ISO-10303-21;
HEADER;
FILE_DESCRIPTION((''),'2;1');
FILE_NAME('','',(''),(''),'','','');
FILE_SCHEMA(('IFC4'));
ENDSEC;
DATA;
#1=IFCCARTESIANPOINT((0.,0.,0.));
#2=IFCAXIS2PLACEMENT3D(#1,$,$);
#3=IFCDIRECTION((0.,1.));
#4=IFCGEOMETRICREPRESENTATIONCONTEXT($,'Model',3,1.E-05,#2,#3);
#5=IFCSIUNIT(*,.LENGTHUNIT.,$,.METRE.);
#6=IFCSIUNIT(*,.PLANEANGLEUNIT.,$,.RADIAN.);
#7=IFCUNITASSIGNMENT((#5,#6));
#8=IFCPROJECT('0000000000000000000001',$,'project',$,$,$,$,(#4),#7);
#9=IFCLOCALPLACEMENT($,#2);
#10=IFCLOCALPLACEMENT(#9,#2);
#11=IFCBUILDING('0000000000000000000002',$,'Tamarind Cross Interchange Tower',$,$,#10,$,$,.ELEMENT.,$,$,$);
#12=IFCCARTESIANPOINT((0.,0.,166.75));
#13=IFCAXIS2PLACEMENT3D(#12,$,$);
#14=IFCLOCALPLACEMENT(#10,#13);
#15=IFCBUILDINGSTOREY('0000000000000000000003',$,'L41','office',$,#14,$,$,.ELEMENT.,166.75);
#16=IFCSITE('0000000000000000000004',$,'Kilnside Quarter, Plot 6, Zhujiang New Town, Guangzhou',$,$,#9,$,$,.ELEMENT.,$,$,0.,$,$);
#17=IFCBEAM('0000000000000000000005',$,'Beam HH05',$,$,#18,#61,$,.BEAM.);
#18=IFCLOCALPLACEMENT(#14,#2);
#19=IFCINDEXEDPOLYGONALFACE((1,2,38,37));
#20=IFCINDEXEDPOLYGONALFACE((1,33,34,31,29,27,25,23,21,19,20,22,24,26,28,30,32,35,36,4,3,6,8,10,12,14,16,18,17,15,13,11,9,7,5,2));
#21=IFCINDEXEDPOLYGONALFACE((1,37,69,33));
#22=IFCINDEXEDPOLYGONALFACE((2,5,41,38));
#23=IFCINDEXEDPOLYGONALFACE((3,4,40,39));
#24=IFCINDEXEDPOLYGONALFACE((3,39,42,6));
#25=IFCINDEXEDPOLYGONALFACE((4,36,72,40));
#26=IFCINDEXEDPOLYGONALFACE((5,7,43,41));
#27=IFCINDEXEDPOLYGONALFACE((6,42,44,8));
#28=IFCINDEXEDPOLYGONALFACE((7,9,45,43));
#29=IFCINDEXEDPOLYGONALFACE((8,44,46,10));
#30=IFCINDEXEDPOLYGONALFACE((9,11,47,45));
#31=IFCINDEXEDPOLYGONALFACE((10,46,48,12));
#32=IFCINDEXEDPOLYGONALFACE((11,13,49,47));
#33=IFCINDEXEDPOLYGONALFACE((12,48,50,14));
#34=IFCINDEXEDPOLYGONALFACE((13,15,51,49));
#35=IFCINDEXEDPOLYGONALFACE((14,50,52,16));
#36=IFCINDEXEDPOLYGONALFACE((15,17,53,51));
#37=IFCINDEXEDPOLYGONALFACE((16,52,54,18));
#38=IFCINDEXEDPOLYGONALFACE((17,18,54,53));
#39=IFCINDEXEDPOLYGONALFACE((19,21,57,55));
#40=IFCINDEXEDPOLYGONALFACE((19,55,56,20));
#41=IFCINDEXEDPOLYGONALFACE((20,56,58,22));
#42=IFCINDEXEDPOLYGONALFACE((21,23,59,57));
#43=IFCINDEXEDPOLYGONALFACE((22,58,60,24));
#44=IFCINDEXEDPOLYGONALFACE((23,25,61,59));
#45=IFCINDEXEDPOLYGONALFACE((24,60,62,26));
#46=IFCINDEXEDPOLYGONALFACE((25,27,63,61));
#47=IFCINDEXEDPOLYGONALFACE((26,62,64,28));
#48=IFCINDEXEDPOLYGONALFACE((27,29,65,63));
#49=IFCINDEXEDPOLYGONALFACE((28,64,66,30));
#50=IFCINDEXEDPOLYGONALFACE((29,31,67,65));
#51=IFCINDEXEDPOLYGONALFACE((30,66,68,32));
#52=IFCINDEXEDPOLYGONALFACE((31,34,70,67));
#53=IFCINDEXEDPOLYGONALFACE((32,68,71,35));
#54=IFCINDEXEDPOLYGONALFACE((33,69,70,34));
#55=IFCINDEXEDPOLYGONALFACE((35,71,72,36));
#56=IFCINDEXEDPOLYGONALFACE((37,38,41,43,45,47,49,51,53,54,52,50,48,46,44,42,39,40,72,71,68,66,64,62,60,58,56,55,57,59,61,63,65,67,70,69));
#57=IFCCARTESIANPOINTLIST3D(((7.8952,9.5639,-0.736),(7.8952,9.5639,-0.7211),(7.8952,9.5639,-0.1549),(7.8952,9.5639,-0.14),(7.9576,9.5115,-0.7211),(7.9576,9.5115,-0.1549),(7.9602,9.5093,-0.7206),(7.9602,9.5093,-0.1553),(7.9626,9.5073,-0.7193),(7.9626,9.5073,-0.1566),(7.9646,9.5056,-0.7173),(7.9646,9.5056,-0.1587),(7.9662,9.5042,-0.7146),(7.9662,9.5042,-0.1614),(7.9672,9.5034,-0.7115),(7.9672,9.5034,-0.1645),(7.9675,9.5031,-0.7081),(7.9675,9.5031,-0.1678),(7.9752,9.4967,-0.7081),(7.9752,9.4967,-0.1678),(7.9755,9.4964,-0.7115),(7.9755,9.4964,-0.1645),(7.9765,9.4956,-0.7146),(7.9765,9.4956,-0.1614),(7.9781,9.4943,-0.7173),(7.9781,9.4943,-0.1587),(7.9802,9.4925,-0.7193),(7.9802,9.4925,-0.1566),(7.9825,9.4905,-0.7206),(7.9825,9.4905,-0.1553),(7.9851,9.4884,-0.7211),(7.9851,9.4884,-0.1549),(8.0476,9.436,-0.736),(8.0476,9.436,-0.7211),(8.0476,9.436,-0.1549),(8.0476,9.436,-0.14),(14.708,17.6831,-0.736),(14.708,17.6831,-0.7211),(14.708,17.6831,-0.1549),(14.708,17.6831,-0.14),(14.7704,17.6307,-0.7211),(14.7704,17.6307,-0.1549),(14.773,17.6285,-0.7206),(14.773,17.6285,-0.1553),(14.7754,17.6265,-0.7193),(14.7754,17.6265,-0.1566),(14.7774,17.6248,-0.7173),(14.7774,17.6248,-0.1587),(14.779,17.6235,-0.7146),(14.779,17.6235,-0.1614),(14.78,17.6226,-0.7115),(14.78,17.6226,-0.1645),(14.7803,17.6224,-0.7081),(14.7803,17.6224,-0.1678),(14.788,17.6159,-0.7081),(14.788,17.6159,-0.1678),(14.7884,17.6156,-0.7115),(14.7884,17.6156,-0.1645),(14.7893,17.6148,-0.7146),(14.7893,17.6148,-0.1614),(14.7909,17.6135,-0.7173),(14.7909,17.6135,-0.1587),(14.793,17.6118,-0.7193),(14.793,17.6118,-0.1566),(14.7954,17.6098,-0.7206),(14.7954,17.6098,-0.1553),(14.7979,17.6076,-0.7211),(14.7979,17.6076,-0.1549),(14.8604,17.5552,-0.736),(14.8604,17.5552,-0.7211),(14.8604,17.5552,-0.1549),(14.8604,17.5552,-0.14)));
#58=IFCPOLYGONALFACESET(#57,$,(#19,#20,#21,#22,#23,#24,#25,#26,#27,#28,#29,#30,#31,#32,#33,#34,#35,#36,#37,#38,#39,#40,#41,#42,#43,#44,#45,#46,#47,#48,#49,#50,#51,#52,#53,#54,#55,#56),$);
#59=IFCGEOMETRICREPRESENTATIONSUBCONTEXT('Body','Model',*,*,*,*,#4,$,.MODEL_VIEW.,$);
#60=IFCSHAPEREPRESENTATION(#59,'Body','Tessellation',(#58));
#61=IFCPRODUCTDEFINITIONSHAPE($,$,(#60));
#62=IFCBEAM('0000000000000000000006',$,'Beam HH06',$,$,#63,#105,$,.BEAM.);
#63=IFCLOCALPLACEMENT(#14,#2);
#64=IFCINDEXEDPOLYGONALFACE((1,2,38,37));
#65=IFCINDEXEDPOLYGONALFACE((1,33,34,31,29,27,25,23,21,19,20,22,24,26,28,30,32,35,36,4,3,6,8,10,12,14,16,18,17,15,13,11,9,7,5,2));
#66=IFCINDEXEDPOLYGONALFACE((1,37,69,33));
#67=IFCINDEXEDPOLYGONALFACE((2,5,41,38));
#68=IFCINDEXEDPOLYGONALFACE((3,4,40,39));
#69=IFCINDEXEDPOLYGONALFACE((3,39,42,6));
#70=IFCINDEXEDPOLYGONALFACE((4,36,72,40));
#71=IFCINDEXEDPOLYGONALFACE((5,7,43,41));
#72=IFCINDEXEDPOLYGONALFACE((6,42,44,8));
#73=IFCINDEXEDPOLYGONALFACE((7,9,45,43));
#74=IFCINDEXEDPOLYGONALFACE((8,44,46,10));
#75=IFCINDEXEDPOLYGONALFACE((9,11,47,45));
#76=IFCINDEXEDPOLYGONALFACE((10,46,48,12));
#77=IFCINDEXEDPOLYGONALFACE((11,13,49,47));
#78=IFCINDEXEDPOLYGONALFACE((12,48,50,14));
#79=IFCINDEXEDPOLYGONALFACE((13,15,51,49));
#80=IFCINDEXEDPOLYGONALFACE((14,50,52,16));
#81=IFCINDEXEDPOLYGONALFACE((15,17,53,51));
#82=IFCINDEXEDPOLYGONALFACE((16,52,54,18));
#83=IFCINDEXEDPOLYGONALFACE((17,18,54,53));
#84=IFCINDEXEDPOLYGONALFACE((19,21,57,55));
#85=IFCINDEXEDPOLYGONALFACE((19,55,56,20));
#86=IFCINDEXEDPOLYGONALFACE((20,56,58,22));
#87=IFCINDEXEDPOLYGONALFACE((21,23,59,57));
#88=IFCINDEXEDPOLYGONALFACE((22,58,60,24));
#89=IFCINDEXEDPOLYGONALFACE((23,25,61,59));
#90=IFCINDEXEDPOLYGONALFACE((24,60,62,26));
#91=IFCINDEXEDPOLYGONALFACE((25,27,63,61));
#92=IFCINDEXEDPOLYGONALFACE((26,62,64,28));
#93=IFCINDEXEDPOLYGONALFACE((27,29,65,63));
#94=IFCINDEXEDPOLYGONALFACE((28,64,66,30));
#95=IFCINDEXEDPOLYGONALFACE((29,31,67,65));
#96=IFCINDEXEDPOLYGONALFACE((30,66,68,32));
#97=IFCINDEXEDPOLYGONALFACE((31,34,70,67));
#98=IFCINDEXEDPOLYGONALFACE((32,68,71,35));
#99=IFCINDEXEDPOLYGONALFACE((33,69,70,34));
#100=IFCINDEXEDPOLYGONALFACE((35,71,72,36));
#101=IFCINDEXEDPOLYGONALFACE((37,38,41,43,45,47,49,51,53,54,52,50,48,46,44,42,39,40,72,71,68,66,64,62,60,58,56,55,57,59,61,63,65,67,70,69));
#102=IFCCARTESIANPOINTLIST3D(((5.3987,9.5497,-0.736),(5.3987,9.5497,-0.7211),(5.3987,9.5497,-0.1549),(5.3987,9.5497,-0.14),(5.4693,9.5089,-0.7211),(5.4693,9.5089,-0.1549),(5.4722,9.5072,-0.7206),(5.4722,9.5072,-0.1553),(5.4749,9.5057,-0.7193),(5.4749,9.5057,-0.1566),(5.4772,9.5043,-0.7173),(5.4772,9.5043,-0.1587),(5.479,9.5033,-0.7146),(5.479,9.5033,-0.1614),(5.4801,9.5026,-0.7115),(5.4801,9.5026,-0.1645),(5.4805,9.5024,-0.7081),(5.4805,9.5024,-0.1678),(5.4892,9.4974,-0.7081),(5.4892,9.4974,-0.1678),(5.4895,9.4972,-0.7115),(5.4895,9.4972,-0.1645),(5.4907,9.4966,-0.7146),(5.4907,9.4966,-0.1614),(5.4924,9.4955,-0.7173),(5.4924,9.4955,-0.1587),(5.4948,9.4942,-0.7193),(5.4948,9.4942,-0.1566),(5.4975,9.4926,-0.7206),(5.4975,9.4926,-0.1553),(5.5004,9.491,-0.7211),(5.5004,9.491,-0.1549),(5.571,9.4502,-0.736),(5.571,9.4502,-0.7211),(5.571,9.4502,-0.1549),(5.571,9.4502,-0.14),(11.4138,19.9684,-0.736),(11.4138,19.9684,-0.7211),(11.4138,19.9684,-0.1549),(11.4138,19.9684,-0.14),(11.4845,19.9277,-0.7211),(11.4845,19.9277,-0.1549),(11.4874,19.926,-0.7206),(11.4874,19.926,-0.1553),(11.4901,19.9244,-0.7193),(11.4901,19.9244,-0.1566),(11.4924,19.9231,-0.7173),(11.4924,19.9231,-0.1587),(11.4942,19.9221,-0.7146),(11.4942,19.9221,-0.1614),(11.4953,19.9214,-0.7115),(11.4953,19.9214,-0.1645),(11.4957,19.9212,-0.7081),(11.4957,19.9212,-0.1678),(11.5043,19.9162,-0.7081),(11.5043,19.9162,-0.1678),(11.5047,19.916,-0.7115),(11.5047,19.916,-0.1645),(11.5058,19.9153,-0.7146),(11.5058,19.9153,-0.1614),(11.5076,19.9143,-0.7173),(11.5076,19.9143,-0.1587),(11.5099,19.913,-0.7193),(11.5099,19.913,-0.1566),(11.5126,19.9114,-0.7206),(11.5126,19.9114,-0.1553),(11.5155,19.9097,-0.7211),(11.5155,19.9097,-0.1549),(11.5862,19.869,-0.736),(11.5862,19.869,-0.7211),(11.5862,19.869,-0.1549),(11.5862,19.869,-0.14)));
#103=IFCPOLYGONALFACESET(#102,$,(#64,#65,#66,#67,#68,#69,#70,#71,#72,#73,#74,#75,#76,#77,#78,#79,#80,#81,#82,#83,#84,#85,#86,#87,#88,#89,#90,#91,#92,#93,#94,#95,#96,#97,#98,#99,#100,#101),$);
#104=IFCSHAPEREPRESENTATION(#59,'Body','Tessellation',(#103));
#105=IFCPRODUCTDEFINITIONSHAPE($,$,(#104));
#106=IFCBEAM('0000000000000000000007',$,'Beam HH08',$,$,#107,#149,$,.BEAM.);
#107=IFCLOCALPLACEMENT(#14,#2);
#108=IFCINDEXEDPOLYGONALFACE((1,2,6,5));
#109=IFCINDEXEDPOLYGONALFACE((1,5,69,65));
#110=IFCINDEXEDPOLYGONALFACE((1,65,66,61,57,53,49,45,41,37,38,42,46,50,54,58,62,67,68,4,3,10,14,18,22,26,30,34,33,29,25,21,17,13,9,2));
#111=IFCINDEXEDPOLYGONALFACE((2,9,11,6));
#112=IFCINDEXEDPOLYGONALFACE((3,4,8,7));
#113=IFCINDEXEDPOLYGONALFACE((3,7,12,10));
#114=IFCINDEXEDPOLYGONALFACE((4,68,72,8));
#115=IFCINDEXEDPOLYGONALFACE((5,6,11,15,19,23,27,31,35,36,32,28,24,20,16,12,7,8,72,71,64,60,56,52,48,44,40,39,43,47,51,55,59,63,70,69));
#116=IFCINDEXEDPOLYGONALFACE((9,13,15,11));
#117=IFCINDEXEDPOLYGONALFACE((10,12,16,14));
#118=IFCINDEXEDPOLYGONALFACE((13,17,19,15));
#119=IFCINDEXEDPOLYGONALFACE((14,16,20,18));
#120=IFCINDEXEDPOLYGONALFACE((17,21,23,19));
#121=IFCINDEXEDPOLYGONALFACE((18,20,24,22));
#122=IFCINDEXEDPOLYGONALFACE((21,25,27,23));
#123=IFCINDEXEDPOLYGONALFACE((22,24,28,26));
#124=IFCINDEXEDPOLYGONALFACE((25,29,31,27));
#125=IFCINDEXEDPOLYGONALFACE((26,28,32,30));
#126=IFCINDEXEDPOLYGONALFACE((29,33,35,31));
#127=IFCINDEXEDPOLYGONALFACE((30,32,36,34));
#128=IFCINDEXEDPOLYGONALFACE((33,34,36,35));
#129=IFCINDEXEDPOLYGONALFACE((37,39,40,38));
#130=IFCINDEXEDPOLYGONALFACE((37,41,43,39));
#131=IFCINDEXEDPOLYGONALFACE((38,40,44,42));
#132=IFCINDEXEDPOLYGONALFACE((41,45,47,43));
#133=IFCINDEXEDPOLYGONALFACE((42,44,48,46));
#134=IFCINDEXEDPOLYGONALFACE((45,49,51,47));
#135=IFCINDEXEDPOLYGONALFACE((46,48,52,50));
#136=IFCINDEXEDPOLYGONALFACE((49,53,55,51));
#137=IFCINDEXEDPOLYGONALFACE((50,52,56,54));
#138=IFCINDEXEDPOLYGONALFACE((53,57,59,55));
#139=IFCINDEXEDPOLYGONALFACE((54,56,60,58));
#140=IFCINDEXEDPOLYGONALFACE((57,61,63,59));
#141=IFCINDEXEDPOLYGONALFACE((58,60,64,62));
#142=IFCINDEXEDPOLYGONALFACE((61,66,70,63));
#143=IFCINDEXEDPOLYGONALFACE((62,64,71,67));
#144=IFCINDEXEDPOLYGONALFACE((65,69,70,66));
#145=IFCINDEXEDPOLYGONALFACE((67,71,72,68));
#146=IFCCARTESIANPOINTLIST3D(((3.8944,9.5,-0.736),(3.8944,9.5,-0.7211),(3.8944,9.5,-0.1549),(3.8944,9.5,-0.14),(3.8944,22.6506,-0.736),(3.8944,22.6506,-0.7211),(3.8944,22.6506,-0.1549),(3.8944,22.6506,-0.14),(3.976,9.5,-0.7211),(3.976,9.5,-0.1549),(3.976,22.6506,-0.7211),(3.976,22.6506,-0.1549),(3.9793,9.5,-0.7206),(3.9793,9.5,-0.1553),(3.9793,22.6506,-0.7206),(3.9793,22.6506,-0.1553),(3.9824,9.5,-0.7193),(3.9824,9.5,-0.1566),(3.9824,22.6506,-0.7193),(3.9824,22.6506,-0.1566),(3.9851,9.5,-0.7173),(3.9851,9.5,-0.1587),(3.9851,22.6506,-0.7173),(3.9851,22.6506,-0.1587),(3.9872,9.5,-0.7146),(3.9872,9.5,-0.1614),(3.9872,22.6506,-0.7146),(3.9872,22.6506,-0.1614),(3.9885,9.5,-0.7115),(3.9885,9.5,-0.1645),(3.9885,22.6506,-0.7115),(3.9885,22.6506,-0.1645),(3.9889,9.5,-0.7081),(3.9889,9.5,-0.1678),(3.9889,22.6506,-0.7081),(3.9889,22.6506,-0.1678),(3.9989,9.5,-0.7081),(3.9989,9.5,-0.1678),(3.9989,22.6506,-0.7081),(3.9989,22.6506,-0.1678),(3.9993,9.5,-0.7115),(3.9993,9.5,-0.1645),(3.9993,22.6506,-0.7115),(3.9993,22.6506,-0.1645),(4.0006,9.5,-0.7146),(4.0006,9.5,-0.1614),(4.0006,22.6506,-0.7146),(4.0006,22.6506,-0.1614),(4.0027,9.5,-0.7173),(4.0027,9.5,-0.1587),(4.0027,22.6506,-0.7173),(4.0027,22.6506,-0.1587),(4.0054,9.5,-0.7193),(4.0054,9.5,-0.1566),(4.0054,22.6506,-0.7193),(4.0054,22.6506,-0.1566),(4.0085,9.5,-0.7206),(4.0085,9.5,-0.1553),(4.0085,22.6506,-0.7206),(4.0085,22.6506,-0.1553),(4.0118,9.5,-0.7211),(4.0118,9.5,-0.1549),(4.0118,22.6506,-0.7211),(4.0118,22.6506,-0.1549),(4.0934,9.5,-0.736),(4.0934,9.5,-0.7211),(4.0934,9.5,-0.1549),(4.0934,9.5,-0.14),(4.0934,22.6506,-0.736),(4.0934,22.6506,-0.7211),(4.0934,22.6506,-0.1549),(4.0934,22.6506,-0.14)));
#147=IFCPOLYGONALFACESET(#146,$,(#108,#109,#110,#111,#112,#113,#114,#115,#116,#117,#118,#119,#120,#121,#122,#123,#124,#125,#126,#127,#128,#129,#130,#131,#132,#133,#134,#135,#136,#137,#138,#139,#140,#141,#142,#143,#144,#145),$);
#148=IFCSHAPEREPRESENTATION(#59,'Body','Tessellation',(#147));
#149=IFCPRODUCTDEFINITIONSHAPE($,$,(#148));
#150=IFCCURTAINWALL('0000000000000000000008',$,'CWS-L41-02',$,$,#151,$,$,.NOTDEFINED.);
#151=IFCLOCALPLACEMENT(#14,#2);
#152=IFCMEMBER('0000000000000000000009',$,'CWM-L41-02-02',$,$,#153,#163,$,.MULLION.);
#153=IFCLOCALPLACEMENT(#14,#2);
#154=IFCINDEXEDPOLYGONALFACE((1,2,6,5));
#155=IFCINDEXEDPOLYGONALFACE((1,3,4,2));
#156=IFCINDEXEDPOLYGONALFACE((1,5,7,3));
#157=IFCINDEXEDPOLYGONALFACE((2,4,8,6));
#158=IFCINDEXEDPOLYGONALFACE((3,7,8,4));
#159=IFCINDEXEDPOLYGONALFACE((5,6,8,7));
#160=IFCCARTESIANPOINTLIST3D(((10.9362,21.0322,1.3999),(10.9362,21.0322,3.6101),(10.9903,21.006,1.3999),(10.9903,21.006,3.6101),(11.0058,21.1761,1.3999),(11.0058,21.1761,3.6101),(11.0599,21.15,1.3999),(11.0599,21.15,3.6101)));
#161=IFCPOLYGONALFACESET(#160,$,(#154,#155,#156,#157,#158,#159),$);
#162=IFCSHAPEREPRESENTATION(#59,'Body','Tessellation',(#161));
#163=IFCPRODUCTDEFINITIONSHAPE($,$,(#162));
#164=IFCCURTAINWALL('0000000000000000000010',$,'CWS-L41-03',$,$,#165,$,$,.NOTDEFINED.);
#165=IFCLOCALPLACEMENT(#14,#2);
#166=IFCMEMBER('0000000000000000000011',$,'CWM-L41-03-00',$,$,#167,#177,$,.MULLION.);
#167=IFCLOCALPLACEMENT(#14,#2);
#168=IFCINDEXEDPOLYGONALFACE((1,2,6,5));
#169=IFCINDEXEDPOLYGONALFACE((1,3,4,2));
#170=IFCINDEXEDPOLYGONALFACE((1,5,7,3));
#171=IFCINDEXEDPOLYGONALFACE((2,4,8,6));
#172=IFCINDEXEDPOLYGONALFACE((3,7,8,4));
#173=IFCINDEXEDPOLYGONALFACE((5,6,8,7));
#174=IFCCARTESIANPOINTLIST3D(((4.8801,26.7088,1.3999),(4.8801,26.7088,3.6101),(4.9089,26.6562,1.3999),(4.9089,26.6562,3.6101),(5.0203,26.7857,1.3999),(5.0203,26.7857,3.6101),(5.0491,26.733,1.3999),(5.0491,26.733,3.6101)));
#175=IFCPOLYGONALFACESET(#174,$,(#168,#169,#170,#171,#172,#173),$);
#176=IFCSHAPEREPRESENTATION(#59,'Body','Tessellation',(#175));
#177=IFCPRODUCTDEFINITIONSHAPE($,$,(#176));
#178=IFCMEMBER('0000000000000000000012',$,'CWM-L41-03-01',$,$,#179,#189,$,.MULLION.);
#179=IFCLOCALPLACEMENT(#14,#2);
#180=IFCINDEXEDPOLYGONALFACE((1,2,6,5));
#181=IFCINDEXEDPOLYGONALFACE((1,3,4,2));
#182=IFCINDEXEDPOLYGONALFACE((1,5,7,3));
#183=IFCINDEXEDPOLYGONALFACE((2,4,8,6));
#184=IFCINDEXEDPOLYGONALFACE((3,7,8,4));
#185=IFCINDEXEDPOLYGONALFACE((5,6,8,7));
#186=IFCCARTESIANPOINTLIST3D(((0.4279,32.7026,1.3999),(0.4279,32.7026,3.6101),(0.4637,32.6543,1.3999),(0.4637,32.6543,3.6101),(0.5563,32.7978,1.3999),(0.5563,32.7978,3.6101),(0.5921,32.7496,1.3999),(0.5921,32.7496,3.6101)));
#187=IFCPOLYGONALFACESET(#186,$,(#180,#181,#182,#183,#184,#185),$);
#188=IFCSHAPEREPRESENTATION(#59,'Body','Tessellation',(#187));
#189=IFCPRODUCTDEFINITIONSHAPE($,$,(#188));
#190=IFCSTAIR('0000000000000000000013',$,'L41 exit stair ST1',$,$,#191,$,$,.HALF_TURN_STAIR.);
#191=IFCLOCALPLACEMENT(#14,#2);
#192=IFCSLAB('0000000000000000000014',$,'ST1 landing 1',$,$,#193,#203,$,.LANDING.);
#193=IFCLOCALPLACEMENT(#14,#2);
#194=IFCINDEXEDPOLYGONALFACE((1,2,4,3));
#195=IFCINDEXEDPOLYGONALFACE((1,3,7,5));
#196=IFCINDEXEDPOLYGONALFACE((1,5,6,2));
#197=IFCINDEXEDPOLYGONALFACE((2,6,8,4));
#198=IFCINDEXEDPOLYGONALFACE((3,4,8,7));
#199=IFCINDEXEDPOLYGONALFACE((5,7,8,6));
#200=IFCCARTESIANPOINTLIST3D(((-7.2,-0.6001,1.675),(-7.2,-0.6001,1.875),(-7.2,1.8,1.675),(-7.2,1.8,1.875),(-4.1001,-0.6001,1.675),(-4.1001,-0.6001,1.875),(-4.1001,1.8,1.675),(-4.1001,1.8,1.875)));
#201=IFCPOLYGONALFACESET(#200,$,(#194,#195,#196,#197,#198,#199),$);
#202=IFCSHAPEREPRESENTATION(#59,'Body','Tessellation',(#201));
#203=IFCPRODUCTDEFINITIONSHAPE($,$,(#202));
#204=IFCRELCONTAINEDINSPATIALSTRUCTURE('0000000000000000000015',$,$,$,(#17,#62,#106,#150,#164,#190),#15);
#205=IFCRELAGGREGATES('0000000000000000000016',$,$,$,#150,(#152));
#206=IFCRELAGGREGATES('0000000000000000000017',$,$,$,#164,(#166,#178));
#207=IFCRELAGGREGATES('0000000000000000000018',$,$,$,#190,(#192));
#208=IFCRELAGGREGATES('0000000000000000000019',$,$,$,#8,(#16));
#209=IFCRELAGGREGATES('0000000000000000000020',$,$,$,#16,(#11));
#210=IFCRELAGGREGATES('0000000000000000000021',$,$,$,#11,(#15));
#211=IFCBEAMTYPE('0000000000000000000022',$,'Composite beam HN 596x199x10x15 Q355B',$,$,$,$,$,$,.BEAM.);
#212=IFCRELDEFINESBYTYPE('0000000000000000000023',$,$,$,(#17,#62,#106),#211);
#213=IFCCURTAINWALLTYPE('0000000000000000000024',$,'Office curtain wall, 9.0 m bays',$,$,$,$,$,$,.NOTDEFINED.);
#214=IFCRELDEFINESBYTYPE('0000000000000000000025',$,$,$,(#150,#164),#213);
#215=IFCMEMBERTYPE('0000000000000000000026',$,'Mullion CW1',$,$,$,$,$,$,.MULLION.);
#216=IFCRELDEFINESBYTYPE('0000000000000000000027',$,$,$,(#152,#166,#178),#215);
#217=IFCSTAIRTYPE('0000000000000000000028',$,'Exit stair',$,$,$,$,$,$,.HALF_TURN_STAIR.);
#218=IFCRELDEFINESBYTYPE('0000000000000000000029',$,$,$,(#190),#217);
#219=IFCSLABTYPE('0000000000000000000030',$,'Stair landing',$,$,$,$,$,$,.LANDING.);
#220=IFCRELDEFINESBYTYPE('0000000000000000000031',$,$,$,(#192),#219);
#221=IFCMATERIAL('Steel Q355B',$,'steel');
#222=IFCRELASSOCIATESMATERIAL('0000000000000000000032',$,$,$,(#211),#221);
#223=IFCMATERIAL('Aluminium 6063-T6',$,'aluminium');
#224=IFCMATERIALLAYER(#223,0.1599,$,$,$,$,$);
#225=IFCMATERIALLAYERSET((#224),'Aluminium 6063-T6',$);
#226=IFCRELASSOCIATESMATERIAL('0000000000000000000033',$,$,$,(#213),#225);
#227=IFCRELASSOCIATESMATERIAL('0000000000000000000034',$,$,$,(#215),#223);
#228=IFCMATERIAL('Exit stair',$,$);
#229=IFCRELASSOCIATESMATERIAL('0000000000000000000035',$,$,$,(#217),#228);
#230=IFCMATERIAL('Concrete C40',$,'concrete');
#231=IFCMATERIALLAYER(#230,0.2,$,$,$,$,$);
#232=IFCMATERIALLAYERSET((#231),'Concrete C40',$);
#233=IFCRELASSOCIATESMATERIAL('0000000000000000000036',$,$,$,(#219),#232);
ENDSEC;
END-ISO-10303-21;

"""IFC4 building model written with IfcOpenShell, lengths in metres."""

from ifc_helpers import new_model, si_unit, direction, frame, origin, origin_2d, place, context, subcontext, project, spatial, polyline, rectangle, i_section, outline, extrude, material, layer, layer_set, material_profile, profile_set, type_object, element, aggregate, save


model = new_model("IFC4")

# Units and contexts
model_context = context("Model", 3, precision=1e-05, world=origin(), true_north=direction((0.0, 1.0)))
body_context = subcontext(model_context, "Body", "Model", "MODEL_VIEW")
ifc_project = project(units=[si_unit("LENGTHUNIT", "METRE"), si_unit("PLANEANGLEUNIT", "RADIAN")], contexts=[model_context])

# Site, building, storey
site_placement = place(None, origin())
site = spatial("IfcSite", under=ifc_project, at=site_placement, Name="Kilnside Quarter, Plot 6, Zhujiang New Town, Guangzhou", CompositionType="ELEMENT", RefElevation=0.0)
building_placement = place(site_placement, origin())
building = spatial("IfcBuilding", under=site, at=building_placement, Name="Tamarind Cross Interchange Tower", CompositionType="ELEMENT")
storey_placement = place(building_placement, frame((0.0, 0.0, 166.75)))
storey = spatial("IfcBuildingStorey", under=building, at=storey_placement, Name="L41", Description="office", CompositionType="ELEMENT", Elevation=166.75)

# Beams
ifc_material_1 = material(Name="Steel Q355B", Category="steel")
ifc_material_profile_1 = material_profile(ifc_material_1, i_section(OverallWidth=0.199, OverallDepth=0.5959, WebThickness=0.01, FlangeThickness=0.0149, FilletRadius=0.0129, at=origin_2d()), Name="HN 596x199x10x15")
ifc_profile_set_1 = profile_set([ifc_material_profile_1], Name="Steel Q355B")
beam_type = type_object("IfcBeamType", Name="Composite beam HN 596x199x10x15 Q355B", PredefinedType="BEAM", material=ifc_profile_set_1)
beam_1_placement = place(storey_placement, frame((14.7842, 17.6191, -0.438), z_axis=(-0.642786, -0.766046, 0.0), x_axis=(0.766046, -0.642786, 0.0)))
element("IfcBeam", 1, at=beam_1_placement, inside=storey, type_object=beam_type, Name="Beam HH05", PredefinedType="BEAM", context=body_context, shape_type="SweptSolid", body=[
    extrude(i_section(OverallWidth=0.199, OverallDepth=0.5959, WebThickness=0.01, FlangeThickness=0.0149, FilletRadius=0.0129, at=origin_2d()), origin(), (0.0, 0.0, 1.0), 10.5989),
])
beam_2_placement = place(storey_placement, frame((11.5, 19.9187, -0.438), z_axis=(-0.499994, -0.866029, 0.0), x_axis=(0.866029, -0.499994, 0.0)))
element("IfcBeam", 2, at=beam_2_placement, inside=storey, type_object=beam_type, Name="Beam HH06", PredefinedType="BEAM", context=body_context, shape_type="SweptSolid", body=[
    extrude(i_section(OverallWidth=0.199, OverallDepth=0.5959, WebThickness=0.01, FlangeThickness=0.0149, FilletRadius=0.0129, at=origin_2d()), origin(), (0.0, 0.0, 1.0), 12.0305),
])
beam_3_placement = place(storey_placement, frame((3.9939, 22.6506, -0.438), z_axis=(0.0, -1.0, 0.0), x_axis=(1.0, 0.0, 0.0)))
element("IfcBeam", 3, at=beam_3_placement, inside=storey, type_object=beam_type, Name="Beam HH08", PredefinedType="BEAM", context=body_context, shape_type="SweptSolid", body=[
    extrude(i_section(OverallWidth=0.199, OverallDepth=0.5959, WebThickness=0.01, FlangeThickness=0.0149, FilletRadius=0.0129, at=origin_2d()), origin(), (0.0, 0.0, 1.0), 13.1506),
])

# Curtain wall, member
ifc_material_2 = material(Name="Aluminium 6063-T6", Category="aluminium")
ifc_layer_1 = layer(ifc_material_2, 0.1599)
ifc_layer_set_1 = layer_set([ifc_layer_1], Name="Aluminium 6063-T6")
curtain_wall_type = type_object("IfcCurtainWallType", Name="Office curtain wall, 9.0 m bays", PredefinedType="NOTDEFINED", material=ifc_layer_set_1)
curtain_wall_1_placement = place(storey_placement, origin())
curtain_wall_1 = element("IfcCurtainWall", 4, at=curtain_wall_1_placement, inside=storey, type_object=curtain_wall_type, Name="CWS-L41-02", PredefinedType="NOTDEFINED")
ifc_material_profile_2 = material_profile(ifc_material_2, rectangle(XDim=0.0601, YDim=0.1599, at=origin_2d()), Name="Mullion CW1")
ifc_profile_set_2 = profile_set([ifc_material_profile_2], Name="Aluminium 6063-T6")
member_type = type_object("IfcMemberType", Name="Mullion CW1", PredefinedType="MULLION", material=ifc_profile_set_2)
member_1_placement = place(storey_placement, frame((10.998, 21.0911, 1.3999), z_axis=(0.0, 0.0, 1.0), x_axis=(-0.900273, 0.435326, 0.0)))
member_1 = element("IfcMember", 5, at=member_1_placement, type_object=member_type, Name="CWM-L41-02-02", PredefinedType="MULLION", context=body_context, shape_type="SweptSolid", body=[
    extrude(rectangle(XDim=0.0601, YDim=0.1599, at=origin_2d()), origin(), (0.0, 0.0, 1.0), 2.2102),
])
aggregate(curtain_wall_1, [member_1])

# Curtain wall, members
curtain_wall_2_placement = place(storey_placement, origin())
curtain_wall_2 = element("IfcCurtainWall", 6, at=curtain_wall_2_placement, inside=storey, type_object=curtain_wall_type, Name="CWS-L41-03", PredefinedType="NOTDEFINED")
member_2_placement = place(storey_placement, frame((4.9646, 26.7209, 1.3999), z_axis=(0.0, 0.0, 1.0), x_axis=(-0.48066, 0.876907, 0.0)))
member_2 = element("IfcMember", 7, at=member_2_placement, type_object=member_type, Name="CWM-L41-03-00", PredefinedType="MULLION", context=body_context, shape_type="SweptSolid", body=[
    extrude(rectangle(XDim=0.0601, YDim=0.1599, at=origin_2d()), origin(), (0.0, 0.0, 1.0), 2.2102),
])
member_3_placement = place(storey_placement, frame((0.51, 32.7261, 1.3999), z_axis=(0.0, 0.0, 1.0), x_axis=(-0.595776, 0.80315, 0.0)))
member_3 = element("IfcMember", 8, at=member_3_placement, type_object=member_type, Name="CWM-L41-03-01", PredefinedType="MULLION", context=body_context, shape_type="SweptSolid", body=[
    extrude(rectangle(XDim=0.0601, YDim=0.1599, at=origin_2d()), origin(), (0.0, 0.0, 1.0), 2.2102),
])
aggregate(curtain_wall_2, [member_2, member_3])

# Stair, slab
ifc_material_3 = material(Name="Exit stair")
stair_type = type_object("IfcStairType", Name="Exit stair", PredefinedType="HALF_TURN_STAIR", material=ifc_material_3)
stair_1_placement = place(storey_placement, origin())
stair_1 = element("IfcStair", 9, at=stair_1_placement, inside=storey, type_object=stair_type, Name="L41 exit stair ST1", PredefinedType="HALF_TURN_STAIR")
ifc_material_4 = material(Name="Concrete C40", Category="concrete")
ifc_layer_2 = layer(ifc_material_4, 0.2)
ifc_layer_set_2 = layer_set([ifc_layer_2], Name="Concrete C40")
slab_type = type_object("IfcSlabType", Name="Stair landing", PredefinedType="LANDING", material=ifc_layer_set_2)
slab_1_placement = place(storey_placement, frame((0.0, 0.0, 1.675)))
slab_1 = element("IfcSlab", 10, at=slab_1_placement, type_object=slab_type, Name="ST1 landing 1", PredefinedType="LANDING", context=body_context, shape_type="SweptSolid", body=[
    extrude(outline(polyline([(-4.1001, -0.6001), (-4.1001, 1.8), (-7.2, 1.8), (-7.2, -0.6001), (-4.1001, -0.6001)])), origin(), (0.0, 0.0, 1.0), 0.2),
])
aggregate(stair_1, [slab_1])

save(model, "model.ifc")
